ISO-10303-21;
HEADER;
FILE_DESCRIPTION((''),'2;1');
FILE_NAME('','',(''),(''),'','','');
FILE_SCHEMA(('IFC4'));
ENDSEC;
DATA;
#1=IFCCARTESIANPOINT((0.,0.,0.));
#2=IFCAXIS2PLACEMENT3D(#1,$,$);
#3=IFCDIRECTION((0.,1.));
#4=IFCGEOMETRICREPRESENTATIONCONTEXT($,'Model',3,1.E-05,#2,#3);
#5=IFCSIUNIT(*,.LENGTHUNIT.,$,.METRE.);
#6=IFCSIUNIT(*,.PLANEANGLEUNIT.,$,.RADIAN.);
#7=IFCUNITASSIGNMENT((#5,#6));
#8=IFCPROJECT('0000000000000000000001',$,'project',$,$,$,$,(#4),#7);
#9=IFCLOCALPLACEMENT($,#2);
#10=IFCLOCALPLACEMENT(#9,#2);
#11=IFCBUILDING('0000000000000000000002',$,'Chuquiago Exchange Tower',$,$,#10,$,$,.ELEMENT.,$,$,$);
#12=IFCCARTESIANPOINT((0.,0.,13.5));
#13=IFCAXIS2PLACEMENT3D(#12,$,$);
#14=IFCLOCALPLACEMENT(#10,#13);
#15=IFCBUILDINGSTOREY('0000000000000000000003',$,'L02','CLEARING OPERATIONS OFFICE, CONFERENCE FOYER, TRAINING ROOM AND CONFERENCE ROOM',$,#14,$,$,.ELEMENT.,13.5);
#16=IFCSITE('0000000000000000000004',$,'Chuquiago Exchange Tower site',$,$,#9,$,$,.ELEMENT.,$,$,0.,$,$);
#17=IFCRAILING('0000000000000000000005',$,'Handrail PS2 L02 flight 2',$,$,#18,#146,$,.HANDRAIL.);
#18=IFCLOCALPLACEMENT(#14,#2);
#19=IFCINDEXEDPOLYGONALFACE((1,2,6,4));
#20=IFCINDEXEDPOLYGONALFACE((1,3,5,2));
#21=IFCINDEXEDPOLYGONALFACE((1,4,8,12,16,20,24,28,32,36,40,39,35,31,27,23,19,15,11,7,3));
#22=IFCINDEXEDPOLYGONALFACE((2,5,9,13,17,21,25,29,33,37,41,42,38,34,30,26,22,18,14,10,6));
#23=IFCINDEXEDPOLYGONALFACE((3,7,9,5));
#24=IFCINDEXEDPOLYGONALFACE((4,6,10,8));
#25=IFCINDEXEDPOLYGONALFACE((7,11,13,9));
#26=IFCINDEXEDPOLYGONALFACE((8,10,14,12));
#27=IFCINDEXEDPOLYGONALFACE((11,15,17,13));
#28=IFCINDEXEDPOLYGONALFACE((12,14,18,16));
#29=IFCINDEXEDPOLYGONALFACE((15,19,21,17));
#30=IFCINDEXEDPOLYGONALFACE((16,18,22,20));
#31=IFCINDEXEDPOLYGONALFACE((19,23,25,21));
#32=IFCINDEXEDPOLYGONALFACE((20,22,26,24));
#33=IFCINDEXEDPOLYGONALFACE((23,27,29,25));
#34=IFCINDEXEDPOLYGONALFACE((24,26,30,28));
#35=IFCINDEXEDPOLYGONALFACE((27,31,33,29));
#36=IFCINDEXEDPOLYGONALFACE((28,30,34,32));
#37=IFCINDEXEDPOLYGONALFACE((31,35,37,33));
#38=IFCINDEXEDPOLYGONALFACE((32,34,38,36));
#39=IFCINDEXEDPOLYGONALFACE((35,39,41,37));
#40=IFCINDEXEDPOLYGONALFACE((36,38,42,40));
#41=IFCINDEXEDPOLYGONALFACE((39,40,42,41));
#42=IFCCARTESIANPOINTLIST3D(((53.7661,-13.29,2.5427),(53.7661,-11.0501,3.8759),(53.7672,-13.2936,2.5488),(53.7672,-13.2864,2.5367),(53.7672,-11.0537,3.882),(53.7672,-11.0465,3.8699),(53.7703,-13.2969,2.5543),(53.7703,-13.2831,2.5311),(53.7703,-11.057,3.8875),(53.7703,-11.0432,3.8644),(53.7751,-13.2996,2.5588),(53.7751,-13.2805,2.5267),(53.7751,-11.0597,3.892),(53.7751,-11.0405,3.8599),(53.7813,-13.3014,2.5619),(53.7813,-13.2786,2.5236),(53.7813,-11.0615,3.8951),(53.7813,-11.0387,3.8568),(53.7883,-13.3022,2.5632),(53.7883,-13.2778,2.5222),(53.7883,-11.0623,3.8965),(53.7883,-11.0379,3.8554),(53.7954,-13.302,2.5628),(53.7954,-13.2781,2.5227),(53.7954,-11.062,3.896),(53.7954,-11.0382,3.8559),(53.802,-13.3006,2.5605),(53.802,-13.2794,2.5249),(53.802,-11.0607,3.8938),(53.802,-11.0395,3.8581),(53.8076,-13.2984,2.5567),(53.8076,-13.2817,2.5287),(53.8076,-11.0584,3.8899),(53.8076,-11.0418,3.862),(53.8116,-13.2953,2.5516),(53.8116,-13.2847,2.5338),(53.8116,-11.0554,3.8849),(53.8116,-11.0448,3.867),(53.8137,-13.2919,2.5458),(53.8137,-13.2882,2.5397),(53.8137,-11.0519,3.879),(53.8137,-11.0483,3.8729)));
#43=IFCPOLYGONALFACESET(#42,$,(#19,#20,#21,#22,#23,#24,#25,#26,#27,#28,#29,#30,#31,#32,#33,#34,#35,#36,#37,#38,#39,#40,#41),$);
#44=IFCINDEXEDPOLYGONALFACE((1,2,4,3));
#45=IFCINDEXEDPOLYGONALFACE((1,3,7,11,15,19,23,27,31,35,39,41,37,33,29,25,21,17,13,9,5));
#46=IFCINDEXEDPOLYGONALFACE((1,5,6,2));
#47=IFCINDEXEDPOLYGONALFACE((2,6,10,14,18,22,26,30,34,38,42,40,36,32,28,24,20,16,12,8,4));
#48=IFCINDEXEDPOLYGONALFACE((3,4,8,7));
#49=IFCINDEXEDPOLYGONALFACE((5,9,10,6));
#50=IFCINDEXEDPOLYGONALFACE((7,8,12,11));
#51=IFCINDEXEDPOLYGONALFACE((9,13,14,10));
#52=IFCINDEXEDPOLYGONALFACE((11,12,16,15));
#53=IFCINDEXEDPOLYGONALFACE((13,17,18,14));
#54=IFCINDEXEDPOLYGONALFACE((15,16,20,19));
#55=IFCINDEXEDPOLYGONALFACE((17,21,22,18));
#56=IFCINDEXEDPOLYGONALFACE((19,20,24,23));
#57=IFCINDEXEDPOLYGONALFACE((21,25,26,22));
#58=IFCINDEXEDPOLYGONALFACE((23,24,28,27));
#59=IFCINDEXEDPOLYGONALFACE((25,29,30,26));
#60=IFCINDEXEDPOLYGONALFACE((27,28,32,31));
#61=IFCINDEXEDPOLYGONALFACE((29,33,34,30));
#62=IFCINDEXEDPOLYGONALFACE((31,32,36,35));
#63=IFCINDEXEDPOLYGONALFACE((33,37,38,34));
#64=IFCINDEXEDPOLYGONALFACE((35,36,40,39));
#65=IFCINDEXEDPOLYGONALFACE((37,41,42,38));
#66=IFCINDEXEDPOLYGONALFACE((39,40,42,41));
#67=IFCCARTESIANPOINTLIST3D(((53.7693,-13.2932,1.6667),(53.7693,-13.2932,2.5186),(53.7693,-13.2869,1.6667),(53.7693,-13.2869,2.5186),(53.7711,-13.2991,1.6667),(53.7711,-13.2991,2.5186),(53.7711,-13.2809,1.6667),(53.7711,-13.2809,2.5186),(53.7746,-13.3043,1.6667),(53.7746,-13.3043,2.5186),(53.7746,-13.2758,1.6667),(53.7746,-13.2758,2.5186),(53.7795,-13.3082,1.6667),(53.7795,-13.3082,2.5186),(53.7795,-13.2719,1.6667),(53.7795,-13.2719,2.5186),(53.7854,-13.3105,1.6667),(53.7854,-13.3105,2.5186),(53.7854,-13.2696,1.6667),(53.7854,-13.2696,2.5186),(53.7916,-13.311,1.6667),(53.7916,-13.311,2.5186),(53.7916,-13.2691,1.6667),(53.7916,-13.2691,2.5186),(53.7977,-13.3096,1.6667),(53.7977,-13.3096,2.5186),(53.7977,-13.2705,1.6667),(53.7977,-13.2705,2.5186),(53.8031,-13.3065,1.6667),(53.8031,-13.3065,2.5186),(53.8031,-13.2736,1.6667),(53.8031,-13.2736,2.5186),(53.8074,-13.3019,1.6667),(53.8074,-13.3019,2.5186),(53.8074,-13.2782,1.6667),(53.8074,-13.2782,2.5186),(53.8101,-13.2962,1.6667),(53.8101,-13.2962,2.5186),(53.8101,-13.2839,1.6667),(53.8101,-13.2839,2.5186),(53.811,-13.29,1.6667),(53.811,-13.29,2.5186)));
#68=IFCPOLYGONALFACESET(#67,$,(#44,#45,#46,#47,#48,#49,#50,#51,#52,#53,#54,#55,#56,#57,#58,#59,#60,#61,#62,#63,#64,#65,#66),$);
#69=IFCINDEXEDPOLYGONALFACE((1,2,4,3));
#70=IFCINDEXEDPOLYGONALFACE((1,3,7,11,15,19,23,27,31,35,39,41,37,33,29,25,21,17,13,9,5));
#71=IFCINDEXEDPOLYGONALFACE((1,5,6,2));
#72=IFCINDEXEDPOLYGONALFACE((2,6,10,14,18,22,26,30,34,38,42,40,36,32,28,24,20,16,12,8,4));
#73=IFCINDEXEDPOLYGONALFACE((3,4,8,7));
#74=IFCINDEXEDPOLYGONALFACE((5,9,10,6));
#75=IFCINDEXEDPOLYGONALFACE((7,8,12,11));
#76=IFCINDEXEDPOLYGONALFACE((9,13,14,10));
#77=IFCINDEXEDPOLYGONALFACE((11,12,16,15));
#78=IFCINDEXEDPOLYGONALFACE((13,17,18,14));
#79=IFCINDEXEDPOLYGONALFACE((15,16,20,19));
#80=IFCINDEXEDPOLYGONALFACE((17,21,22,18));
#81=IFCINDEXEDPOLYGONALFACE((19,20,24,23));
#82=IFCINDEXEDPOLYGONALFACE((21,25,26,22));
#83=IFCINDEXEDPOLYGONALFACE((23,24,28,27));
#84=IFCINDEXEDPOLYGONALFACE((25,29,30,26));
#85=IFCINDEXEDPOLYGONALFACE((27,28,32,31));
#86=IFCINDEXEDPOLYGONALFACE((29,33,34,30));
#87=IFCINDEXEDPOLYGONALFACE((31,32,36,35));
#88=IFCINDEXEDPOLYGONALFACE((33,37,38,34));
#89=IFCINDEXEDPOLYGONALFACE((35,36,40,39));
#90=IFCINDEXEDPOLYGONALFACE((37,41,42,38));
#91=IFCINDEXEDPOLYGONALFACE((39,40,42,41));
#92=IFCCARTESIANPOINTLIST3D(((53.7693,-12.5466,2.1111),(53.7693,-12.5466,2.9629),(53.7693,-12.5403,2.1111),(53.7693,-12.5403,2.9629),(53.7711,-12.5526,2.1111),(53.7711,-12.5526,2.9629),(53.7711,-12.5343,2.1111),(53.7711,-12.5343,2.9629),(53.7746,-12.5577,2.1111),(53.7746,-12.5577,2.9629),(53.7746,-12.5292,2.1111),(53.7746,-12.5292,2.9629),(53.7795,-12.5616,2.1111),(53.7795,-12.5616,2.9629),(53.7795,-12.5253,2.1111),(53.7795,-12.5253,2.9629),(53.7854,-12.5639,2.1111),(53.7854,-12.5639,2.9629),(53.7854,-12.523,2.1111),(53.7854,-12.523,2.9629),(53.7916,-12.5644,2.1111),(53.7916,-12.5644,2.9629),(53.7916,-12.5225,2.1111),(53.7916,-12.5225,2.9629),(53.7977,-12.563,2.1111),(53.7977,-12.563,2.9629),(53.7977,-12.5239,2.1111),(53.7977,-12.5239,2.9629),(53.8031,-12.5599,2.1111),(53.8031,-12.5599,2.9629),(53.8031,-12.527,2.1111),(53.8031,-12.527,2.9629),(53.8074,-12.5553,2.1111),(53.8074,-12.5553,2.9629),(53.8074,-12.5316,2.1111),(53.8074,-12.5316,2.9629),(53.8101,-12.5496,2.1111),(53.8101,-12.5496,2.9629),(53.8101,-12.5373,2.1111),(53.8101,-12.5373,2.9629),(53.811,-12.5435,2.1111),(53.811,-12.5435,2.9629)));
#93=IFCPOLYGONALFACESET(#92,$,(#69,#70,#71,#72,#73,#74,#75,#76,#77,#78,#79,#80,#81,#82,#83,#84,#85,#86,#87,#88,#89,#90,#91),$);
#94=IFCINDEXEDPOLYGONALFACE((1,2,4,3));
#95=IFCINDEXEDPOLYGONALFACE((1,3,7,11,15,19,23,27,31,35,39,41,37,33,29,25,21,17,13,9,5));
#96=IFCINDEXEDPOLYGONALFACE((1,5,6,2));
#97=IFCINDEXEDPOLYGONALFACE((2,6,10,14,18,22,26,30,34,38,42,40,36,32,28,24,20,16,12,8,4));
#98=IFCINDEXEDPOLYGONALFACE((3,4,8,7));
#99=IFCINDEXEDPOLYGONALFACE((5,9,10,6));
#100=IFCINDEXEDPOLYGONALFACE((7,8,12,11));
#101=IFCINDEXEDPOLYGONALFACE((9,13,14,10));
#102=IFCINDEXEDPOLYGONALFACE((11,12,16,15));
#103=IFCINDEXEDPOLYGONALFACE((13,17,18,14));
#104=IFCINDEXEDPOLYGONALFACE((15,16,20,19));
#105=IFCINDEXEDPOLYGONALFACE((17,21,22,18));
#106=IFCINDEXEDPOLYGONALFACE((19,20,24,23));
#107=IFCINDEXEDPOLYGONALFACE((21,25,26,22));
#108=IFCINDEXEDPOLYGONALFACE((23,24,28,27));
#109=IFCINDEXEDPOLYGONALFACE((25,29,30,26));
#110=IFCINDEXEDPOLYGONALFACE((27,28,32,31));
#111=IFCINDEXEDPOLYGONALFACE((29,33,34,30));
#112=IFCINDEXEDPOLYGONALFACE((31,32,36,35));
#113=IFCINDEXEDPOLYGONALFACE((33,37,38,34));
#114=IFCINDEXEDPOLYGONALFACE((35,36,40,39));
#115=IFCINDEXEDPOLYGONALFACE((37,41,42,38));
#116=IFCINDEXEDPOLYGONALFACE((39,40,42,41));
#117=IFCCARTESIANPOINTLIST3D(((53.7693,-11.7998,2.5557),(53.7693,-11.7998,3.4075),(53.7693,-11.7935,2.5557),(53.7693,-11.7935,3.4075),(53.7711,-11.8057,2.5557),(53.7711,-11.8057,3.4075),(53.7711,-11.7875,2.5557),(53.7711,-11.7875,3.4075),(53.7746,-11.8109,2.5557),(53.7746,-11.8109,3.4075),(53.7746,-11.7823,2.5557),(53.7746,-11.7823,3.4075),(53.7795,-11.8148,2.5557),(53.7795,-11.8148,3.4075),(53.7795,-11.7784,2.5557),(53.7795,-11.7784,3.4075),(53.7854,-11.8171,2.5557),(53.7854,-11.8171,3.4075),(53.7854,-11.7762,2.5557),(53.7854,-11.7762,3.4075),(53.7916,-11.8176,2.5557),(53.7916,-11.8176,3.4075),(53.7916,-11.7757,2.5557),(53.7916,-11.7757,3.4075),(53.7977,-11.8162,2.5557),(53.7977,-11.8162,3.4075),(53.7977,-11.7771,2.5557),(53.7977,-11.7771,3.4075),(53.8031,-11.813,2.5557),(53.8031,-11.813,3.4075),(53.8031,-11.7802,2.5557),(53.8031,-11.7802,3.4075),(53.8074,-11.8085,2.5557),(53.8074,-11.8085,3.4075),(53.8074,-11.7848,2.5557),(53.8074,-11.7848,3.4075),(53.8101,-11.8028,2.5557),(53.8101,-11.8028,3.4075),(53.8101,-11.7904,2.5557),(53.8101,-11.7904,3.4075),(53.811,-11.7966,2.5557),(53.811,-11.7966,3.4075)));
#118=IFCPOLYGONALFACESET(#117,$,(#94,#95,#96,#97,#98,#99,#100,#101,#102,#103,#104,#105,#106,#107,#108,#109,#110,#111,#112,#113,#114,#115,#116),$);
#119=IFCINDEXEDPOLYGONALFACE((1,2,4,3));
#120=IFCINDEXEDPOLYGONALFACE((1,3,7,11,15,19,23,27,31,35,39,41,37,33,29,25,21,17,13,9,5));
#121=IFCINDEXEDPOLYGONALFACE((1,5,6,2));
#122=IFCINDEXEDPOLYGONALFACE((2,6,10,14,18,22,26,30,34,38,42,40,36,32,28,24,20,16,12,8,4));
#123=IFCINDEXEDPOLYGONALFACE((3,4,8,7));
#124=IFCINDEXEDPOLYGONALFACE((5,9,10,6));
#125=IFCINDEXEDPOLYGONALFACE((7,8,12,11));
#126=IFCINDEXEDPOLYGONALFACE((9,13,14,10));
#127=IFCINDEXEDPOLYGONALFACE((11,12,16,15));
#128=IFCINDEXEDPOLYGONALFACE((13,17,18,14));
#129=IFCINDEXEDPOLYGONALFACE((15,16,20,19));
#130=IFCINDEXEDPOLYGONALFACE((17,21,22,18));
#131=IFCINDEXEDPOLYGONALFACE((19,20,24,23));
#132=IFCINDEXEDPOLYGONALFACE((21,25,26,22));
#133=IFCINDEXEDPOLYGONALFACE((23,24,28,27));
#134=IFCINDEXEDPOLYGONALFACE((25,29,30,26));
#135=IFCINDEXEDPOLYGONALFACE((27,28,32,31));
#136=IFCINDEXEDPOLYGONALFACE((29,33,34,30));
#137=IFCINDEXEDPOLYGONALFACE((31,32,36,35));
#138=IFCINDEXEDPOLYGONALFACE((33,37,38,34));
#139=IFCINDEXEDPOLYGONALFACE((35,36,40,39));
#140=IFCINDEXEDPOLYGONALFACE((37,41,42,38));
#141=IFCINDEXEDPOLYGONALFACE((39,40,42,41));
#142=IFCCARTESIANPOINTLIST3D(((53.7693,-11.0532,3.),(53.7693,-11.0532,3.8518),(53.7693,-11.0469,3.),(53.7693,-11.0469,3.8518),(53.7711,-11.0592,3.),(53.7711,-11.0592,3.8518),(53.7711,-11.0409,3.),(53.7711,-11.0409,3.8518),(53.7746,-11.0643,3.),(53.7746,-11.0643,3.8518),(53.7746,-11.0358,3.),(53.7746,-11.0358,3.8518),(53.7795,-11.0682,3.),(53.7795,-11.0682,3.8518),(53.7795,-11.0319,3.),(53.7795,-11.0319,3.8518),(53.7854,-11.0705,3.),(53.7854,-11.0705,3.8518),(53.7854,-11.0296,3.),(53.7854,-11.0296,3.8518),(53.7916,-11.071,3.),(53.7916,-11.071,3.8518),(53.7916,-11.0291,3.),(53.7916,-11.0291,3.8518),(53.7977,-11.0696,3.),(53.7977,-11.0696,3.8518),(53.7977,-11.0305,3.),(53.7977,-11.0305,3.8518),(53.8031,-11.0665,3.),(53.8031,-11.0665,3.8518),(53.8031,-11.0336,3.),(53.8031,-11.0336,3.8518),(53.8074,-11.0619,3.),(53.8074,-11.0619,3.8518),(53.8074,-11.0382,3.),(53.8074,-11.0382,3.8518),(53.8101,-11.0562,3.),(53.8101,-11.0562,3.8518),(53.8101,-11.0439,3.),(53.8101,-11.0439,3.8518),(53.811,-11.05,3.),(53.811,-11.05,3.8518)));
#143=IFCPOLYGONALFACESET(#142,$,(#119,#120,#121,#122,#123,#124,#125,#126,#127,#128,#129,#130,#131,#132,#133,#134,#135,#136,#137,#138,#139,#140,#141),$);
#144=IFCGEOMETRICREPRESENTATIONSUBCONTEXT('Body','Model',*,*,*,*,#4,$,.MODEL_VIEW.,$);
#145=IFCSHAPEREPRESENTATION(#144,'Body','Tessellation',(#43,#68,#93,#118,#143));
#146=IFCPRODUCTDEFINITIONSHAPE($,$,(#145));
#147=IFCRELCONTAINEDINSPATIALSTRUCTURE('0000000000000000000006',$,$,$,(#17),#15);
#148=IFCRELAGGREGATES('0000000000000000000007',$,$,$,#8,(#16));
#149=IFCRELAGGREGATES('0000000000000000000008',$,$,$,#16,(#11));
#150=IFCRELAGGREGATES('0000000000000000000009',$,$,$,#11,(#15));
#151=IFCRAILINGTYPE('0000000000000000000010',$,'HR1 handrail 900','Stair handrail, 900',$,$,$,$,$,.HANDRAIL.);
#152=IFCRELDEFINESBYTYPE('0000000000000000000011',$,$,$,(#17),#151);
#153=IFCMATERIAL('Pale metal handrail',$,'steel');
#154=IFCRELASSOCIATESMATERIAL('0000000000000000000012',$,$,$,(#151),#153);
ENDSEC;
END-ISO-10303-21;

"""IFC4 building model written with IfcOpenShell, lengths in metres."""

from ifc_helpers import new_model, si_unit, direction, frame, origin, origin_2d, place, context, subcontext, project, spatial, circle, extrude, material, type_object, element, save


model = new_model("IFC4")

# Units and contexts
model_context = context("Model", 3, precision=1e-05, world=origin(), true_north=direction((0.0, 1.0)))
body_context = subcontext(model_context, "Body", "Model", "MODEL_VIEW")
ifc_project = project(units=[si_unit("LENGTHUNIT", "METRE"), si_unit("PLANEANGLEUNIT", "RADIAN")], contexts=[model_context])

# Site, building, storey
site_placement = place(None, origin())
site = spatial("IfcSite", under=ifc_project, at=site_placement, Name="Chuquiago Exchange Tower site", CompositionType="ELEMENT", RefElevation=0.0)
building_placement = place(site_placement, origin())
building = spatial("IfcBuilding", under=site, at=building_placement, Name="Chuquiago Exchange Tower", CompositionType="ELEMENT")
storey_placement = place(building_placement, frame((0.0, 0.0, 13.5)))
storey = spatial("IfcBuildingStorey", under=building, at=storey_placement, Name="L02", Description="CLEARING OPERATIONS OFFICE, CONFERENCE FOYER, TRAINING ROOM AND CONFERENCE ROOM", CompositionType="ELEMENT", Elevation=13.5)

# Railing
ifc_material_1 = material(Name="Pale metal handrail", Category="steel")
railing_type = type_object("IfcRailingType", Name="HR1 handrail 900", Description="Stair handrail, 900", PredefinedType="HANDRAIL", material=ifc_material_1)
for number, where, name in (
    (1, (53.79, -13.29, 1.6667), "Handrail PS2 L02 flight 2"),
):
    element("IfcRailing", number, at=place(storey_placement, frame(where)), inside=storey, type_object=railing_type, Name=name, PredefinedType="HANDRAIL", context=body_context, shape_type="SweptSolid", body=[
        extrude(circle(Radius=0.0239, at=origin_2d()), frame((0.0, 0.0, 0.876), z_axis=(0.0, 0.859306, 0.511462), x_axis=(-1.0, 0.0, 0.0)), (0.0, 0.0, 1.0), 2.6067),
        extrude(circle(Radius=0.021, at=origin_2d()), origin(), (0.0, 0.0, 1.0), 0.8518),
        extrude(circle(Radius=0.021, at=origin_2d()), frame((0.0, 0.7466, 0.4443)), (0.0, 0.0, 1.0), 0.8518),
        extrude(circle(Radius=0.021, at=origin_2d()), frame((0.0, 1.4934, 0.8889)), (0.0, 0.0, 1.0), 0.8518),
        extrude(circle(Radius=0.021, at=origin_2d()), frame((0.0, 2.24, 1.3333)), (0.0, 0.0, 1.0), 0.8518),
    ])

save(model, "model.ifc")
